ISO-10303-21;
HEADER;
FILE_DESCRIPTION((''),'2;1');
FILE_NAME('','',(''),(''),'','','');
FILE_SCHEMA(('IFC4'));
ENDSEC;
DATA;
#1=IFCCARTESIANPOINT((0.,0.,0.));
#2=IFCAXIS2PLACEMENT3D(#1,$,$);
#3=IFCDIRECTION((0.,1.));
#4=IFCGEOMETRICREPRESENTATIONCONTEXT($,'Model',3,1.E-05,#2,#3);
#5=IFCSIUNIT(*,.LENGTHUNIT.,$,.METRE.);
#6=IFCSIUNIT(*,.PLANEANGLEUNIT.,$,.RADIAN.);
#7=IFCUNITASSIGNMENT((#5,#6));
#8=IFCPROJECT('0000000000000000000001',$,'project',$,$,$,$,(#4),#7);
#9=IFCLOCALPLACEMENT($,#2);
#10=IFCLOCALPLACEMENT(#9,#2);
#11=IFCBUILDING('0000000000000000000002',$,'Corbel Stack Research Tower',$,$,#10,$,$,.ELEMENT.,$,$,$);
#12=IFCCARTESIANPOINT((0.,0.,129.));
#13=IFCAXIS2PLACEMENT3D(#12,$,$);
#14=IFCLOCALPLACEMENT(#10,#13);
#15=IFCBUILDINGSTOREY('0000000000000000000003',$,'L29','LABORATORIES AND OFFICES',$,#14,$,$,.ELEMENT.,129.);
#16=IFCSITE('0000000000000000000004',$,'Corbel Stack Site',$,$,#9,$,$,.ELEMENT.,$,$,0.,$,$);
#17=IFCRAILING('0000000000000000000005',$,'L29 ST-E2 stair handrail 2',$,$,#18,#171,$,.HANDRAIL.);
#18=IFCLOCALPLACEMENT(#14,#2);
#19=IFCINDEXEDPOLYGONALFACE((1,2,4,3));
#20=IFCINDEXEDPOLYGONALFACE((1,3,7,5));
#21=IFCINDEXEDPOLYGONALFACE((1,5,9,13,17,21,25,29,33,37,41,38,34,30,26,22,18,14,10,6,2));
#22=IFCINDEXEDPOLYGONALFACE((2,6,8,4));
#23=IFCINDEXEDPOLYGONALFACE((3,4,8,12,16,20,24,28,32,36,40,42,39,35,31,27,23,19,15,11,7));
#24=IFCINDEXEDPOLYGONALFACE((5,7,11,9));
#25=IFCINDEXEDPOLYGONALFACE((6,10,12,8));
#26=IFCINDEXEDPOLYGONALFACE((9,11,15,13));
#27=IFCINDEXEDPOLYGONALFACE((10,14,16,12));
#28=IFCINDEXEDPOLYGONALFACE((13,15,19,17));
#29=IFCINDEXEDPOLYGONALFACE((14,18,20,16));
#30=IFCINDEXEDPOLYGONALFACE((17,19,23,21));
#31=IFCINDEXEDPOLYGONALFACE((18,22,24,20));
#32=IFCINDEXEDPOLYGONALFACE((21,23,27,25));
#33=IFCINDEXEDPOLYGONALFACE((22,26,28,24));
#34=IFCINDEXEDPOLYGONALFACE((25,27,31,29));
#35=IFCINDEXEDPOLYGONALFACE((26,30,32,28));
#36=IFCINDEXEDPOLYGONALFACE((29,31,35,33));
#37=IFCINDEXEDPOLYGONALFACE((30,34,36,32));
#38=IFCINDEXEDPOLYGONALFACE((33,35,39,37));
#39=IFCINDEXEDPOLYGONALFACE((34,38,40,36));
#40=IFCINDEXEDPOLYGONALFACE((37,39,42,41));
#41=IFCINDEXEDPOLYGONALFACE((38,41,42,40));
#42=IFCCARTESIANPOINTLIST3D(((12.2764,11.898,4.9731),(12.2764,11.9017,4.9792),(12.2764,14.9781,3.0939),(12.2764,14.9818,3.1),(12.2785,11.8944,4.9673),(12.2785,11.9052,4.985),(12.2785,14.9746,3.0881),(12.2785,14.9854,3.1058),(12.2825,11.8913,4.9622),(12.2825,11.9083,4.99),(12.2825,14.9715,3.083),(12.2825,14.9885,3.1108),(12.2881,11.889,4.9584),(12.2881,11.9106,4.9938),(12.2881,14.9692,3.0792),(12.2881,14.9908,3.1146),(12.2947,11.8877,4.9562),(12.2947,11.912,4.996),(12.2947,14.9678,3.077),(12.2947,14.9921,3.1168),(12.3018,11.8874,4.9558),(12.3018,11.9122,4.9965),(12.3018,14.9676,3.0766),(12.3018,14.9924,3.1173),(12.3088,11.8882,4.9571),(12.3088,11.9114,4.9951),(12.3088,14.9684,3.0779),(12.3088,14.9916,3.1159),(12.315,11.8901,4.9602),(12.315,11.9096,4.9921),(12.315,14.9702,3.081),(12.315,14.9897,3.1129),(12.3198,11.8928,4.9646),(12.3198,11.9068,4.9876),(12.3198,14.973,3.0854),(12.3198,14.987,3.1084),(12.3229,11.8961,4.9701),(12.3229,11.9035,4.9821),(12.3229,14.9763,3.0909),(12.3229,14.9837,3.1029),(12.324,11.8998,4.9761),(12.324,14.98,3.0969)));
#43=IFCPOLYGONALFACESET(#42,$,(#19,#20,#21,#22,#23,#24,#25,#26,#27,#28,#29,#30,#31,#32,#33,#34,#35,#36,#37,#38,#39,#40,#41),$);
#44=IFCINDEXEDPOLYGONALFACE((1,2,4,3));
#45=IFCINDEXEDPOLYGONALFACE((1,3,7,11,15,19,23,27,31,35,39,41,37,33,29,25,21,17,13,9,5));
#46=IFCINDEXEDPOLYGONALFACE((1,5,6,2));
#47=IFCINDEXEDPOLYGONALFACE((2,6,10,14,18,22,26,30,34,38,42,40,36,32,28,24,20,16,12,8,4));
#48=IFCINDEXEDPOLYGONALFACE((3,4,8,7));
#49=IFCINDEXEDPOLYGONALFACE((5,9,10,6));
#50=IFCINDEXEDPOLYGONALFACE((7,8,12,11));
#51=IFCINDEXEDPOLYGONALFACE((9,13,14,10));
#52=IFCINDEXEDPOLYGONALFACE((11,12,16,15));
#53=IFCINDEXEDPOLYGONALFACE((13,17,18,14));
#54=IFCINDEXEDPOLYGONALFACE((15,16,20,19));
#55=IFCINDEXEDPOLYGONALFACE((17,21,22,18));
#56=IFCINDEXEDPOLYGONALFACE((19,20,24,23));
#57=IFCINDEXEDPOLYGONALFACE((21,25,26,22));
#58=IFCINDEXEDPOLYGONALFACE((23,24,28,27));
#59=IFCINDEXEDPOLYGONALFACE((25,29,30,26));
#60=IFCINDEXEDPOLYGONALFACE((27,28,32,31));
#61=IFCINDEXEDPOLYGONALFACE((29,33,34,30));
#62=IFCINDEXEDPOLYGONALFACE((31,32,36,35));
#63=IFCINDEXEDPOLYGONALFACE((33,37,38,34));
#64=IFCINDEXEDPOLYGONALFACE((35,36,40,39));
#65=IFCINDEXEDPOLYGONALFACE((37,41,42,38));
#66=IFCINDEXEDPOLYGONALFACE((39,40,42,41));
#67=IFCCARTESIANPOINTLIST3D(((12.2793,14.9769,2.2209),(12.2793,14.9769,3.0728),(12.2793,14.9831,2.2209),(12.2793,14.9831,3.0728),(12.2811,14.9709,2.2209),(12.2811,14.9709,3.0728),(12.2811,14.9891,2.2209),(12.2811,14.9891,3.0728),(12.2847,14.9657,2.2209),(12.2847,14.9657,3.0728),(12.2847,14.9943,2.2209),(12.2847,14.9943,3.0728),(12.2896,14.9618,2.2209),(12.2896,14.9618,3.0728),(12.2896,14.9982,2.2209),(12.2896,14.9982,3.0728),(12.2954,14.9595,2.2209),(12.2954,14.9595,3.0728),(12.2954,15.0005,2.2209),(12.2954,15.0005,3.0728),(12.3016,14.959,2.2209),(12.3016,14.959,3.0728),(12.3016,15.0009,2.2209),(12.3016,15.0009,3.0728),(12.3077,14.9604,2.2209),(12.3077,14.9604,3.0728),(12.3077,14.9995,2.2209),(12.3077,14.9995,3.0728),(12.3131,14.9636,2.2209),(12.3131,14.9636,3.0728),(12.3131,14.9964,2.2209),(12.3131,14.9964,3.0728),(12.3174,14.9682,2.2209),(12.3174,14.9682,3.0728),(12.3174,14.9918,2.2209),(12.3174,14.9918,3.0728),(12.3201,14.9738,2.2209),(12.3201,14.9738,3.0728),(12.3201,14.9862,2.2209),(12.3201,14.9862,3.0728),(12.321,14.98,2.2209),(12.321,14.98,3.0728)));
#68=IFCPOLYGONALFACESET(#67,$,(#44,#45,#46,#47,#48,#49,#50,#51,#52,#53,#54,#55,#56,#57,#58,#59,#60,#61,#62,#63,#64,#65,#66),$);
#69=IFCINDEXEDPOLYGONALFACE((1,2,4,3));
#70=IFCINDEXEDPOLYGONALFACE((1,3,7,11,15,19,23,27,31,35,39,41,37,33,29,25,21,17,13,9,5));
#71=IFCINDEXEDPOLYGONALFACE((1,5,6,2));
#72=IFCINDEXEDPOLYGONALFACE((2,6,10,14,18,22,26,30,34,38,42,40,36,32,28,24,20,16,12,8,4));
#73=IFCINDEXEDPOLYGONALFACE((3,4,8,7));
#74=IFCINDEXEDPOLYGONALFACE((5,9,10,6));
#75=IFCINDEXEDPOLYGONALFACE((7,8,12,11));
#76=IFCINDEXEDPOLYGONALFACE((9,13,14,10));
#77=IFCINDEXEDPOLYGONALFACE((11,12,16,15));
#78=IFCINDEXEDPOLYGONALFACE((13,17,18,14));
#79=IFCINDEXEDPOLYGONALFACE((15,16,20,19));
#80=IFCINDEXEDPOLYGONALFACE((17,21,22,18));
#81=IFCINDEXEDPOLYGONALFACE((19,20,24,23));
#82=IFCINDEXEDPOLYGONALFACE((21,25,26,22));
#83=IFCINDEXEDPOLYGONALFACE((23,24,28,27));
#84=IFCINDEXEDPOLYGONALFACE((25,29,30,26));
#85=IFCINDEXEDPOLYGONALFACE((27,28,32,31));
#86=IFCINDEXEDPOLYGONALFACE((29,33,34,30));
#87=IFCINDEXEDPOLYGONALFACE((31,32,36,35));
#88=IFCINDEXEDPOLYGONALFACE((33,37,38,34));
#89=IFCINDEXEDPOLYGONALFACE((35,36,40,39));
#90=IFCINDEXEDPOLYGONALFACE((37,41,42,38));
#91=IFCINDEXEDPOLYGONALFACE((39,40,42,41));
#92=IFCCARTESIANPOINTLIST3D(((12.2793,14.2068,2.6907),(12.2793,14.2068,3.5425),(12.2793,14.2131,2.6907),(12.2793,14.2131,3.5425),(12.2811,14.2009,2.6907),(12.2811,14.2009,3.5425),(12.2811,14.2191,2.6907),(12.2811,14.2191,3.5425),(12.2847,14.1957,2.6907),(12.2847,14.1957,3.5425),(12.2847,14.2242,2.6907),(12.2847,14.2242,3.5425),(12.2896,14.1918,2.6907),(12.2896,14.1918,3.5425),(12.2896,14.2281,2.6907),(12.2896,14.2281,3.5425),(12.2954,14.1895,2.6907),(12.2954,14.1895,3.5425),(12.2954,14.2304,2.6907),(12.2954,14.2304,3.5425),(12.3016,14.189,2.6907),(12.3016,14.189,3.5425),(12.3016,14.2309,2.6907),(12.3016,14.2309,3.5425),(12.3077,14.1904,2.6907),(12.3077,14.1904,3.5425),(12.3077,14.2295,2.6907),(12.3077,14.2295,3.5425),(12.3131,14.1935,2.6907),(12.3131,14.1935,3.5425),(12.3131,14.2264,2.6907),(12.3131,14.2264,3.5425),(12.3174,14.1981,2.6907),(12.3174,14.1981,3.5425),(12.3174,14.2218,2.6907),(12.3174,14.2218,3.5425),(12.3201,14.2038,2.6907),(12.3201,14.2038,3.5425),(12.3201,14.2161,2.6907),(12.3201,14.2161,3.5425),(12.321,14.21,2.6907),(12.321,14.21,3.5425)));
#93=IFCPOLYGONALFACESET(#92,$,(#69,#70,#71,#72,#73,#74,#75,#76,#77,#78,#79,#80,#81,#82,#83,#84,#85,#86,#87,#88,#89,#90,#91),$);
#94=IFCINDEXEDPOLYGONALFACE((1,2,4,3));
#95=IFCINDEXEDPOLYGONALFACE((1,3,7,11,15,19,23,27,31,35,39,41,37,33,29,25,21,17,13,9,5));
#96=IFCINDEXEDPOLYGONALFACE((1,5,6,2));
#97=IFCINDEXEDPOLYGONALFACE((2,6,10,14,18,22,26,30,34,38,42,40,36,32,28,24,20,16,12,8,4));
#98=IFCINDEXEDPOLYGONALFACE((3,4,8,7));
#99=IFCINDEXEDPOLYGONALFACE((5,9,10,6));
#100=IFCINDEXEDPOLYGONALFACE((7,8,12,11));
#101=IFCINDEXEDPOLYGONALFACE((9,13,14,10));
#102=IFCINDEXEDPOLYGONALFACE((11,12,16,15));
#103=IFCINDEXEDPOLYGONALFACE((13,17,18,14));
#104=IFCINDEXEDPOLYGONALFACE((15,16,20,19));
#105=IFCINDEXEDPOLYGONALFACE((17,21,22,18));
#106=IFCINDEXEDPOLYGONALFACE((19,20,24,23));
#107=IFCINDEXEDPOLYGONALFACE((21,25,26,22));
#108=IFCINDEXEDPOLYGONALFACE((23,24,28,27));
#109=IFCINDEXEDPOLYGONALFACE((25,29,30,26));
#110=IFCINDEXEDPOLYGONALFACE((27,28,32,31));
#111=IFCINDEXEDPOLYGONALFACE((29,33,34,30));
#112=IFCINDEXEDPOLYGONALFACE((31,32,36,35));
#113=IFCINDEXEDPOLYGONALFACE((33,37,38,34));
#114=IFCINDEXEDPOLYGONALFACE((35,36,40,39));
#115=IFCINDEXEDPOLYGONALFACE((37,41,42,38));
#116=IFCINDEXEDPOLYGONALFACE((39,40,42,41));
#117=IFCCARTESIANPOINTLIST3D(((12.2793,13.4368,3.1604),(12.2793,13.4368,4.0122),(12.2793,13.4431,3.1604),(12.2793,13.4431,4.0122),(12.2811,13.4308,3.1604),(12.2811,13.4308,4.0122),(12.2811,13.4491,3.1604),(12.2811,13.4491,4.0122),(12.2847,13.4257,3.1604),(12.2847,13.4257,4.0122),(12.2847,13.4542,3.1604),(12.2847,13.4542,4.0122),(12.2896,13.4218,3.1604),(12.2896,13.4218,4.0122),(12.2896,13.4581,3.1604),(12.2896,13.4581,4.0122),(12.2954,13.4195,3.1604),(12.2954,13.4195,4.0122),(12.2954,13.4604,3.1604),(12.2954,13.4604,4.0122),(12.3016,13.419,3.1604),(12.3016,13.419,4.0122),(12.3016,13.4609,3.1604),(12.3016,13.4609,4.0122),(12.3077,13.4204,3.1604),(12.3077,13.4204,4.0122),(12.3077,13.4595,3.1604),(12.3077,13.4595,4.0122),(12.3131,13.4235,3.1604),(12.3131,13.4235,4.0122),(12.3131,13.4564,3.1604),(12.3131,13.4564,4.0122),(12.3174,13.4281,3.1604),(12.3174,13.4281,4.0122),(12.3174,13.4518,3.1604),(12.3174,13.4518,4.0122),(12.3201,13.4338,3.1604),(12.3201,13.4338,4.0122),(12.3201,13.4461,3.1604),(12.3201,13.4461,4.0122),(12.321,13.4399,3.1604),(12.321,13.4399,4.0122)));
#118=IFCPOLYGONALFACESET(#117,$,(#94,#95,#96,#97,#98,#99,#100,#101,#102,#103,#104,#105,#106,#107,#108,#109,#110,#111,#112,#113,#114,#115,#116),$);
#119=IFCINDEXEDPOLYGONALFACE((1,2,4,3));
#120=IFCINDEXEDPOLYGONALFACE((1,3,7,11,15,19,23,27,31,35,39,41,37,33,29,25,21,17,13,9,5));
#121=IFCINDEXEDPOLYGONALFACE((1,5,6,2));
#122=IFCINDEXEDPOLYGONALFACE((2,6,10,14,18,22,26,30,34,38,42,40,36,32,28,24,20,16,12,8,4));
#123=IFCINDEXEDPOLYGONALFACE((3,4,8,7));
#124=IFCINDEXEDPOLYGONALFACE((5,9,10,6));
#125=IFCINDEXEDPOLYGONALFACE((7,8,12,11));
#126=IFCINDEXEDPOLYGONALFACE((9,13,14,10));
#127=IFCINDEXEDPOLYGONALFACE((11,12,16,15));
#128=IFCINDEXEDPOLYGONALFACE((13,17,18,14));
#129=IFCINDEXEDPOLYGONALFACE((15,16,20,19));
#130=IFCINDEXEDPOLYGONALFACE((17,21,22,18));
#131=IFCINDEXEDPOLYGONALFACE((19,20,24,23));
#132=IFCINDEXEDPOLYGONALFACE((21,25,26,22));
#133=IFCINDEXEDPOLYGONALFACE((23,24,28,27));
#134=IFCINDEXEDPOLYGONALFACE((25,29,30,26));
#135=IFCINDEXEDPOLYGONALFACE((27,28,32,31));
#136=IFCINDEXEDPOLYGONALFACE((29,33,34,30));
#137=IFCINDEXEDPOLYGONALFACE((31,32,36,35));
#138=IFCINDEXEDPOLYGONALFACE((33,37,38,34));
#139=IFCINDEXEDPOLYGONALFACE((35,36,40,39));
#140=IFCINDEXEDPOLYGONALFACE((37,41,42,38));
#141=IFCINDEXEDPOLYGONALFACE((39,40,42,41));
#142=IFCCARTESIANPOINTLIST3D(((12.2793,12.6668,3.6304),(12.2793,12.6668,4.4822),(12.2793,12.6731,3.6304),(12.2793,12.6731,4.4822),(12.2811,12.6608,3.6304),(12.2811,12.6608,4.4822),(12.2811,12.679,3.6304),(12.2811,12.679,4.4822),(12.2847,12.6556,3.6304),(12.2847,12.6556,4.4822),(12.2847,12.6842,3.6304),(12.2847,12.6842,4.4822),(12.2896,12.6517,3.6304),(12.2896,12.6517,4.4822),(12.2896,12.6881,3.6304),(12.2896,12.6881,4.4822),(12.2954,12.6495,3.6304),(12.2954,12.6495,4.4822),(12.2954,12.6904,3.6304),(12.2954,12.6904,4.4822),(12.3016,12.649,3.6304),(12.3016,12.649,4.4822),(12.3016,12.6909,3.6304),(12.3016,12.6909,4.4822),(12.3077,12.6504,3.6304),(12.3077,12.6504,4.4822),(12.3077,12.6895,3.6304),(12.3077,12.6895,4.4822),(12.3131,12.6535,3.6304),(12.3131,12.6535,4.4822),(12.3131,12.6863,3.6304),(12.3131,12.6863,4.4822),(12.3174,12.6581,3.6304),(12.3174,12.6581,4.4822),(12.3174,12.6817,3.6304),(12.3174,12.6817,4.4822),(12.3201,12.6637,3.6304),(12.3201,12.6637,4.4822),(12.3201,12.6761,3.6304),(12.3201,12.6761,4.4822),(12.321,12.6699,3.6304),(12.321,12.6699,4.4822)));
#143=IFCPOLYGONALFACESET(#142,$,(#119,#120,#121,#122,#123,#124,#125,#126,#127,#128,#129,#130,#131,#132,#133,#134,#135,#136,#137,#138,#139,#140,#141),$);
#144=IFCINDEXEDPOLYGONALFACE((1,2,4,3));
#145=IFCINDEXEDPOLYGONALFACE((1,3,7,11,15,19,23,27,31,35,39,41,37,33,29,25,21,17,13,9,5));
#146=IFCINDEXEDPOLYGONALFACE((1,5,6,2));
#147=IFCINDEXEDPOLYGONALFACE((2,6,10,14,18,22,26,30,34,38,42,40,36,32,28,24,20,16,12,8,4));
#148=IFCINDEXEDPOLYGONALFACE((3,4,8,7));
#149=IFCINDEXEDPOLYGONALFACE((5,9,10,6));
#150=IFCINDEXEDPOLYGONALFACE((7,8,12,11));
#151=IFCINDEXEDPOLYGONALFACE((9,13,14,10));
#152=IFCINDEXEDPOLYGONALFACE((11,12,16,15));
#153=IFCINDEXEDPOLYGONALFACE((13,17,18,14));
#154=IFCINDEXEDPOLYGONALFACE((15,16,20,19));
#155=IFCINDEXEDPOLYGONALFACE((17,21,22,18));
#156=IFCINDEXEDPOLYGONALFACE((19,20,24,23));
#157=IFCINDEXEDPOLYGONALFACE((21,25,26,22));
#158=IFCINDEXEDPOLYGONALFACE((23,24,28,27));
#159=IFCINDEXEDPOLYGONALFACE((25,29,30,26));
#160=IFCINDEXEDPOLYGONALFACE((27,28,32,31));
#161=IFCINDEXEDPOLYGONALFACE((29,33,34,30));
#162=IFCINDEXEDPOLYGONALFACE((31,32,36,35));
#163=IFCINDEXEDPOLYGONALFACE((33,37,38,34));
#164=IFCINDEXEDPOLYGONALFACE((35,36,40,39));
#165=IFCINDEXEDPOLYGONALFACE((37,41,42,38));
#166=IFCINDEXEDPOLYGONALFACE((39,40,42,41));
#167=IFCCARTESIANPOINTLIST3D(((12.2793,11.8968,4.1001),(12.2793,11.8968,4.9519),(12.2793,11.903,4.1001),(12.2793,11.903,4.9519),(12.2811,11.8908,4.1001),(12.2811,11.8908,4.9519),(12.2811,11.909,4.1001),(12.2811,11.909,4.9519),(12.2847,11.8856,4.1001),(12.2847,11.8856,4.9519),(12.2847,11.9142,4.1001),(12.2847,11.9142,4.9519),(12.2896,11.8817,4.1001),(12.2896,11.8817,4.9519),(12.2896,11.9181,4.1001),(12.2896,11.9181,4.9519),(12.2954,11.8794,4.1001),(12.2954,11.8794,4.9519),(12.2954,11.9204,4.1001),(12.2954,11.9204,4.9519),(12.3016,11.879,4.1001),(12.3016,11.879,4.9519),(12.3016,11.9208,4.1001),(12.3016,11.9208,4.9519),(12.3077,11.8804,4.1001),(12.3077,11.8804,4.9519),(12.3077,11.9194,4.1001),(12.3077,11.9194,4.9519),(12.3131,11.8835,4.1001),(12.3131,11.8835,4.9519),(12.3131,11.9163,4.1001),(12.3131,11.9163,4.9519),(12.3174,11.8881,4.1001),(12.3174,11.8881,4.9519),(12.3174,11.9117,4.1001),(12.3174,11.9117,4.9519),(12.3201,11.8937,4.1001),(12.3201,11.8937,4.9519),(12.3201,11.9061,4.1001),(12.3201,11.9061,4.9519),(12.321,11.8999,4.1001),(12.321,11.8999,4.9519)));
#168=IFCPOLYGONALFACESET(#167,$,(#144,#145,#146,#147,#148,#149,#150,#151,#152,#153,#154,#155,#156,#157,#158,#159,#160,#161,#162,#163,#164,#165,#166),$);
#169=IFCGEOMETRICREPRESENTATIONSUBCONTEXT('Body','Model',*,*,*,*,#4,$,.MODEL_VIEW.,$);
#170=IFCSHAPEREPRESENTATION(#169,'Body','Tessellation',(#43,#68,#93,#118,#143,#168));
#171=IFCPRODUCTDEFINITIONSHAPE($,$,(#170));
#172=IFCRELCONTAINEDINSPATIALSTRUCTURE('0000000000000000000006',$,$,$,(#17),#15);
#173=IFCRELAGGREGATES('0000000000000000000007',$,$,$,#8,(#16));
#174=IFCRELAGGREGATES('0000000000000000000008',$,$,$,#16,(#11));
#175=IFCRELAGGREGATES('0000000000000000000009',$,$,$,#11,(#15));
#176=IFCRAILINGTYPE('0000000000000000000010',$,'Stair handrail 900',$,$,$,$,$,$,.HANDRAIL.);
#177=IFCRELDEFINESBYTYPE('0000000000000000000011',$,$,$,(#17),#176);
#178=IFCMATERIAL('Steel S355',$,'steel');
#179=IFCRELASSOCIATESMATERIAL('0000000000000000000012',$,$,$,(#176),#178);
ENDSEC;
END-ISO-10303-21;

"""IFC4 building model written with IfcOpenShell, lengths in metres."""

from ifc_helpers import new_model, si_unit, direction, frame, origin, origin_2d, place, context, subcontext, project, spatial, circle, extrude, material, type_object, element, save


model = new_model("IFC4")

# Units and contexts
model_context = context("Model", 3, precision=1e-05, world=origin(), true_north=direction((0.0, 1.0)))
body_context = subcontext(model_context, "Body", "Model", "MODEL_VIEW")
ifc_project = project(units=[si_unit("LENGTHUNIT", "METRE"), si_unit("PLANEANGLEUNIT", "RADIAN")], contexts=[model_context])

# Site, building, storey
site_placement = place(None, origin())
site = spatial("IfcSite", under=ifc_project, at=site_placement, Name="Corbel Stack Site", CompositionType="ELEMENT", RefElevation=0.0)
building_placement = place(site_placement, origin())
building = spatial("IfcBuilding", under=site, at=building_placement, Name="Corbel Stack Research Tower", CompositionType="ELEMENT")
storey_placement = place(building_placement, frame((0.0, 0.0, 129.0)))
storey = spatial("IfcBuildingStorey", under=building, at=storey_placement, Name="L29", Description="LABORATORIES AND OFFICES", CompositionType="ELEMENT", Elevation=129.0)

# Railing
ifc_material_1 = material(Name="Steel S355", Category="steel")
railing_type_1 = type_object("IfcRailingType", Name="Stair handrail 900", PredefinedType="HANDRAIL", material=ifc_material_1)
railing_1_placement = place(storey_placement, frame((12.3, 14.98, 2.2209)))
element("IfcRailing", 1, at=railing_1_placement, inside=storey, type_object=railing_type_1, Name="L29 ST-E2 stair handrail 2", PredefinedType="HANDRAIL", context=body_context, shape_type="SweptSolid", body=[
    extrude(circle(Radius=0.0239, at=origin_2d()), frame((0.0, 0.0, 0.876), z_axis=(0.0, -0.853666, 0.52082), x_axis=(1.0, 0.0, 0.0)), (0.0, 0.0, 1.0), 3.6082),
    extrude(circle(Radius=0.021, at=origin_2d()), origin(), (0.0, 0.0, 1.0), 0.8518),
    extrude(circle(Radius=0.021, at=origin_2d()), frame((0.0, -0.77, 0.4697)), (0.0, 0.0, 1.0), 0.8518),
    extrude(circle(Radius=0.021, at=origin_2d()), frame((0.0, -1.54, 0.9395)), (0.0, 0.0, 1.0), 0.8518),
    extrude(circle(Radius=0.021, at=origin_2d()), frame((0.0, -2.3101, 1.4094)), (0.0, 0.0, 1.0), 0.8518),
    extrude(circle(Radius=0.021, at=origin_2d()), frame((0.0, -3.0801, 1.8792)), (0.0, 0.0, 1.0), 0.8518),
])

save(model, "model.ifc")
